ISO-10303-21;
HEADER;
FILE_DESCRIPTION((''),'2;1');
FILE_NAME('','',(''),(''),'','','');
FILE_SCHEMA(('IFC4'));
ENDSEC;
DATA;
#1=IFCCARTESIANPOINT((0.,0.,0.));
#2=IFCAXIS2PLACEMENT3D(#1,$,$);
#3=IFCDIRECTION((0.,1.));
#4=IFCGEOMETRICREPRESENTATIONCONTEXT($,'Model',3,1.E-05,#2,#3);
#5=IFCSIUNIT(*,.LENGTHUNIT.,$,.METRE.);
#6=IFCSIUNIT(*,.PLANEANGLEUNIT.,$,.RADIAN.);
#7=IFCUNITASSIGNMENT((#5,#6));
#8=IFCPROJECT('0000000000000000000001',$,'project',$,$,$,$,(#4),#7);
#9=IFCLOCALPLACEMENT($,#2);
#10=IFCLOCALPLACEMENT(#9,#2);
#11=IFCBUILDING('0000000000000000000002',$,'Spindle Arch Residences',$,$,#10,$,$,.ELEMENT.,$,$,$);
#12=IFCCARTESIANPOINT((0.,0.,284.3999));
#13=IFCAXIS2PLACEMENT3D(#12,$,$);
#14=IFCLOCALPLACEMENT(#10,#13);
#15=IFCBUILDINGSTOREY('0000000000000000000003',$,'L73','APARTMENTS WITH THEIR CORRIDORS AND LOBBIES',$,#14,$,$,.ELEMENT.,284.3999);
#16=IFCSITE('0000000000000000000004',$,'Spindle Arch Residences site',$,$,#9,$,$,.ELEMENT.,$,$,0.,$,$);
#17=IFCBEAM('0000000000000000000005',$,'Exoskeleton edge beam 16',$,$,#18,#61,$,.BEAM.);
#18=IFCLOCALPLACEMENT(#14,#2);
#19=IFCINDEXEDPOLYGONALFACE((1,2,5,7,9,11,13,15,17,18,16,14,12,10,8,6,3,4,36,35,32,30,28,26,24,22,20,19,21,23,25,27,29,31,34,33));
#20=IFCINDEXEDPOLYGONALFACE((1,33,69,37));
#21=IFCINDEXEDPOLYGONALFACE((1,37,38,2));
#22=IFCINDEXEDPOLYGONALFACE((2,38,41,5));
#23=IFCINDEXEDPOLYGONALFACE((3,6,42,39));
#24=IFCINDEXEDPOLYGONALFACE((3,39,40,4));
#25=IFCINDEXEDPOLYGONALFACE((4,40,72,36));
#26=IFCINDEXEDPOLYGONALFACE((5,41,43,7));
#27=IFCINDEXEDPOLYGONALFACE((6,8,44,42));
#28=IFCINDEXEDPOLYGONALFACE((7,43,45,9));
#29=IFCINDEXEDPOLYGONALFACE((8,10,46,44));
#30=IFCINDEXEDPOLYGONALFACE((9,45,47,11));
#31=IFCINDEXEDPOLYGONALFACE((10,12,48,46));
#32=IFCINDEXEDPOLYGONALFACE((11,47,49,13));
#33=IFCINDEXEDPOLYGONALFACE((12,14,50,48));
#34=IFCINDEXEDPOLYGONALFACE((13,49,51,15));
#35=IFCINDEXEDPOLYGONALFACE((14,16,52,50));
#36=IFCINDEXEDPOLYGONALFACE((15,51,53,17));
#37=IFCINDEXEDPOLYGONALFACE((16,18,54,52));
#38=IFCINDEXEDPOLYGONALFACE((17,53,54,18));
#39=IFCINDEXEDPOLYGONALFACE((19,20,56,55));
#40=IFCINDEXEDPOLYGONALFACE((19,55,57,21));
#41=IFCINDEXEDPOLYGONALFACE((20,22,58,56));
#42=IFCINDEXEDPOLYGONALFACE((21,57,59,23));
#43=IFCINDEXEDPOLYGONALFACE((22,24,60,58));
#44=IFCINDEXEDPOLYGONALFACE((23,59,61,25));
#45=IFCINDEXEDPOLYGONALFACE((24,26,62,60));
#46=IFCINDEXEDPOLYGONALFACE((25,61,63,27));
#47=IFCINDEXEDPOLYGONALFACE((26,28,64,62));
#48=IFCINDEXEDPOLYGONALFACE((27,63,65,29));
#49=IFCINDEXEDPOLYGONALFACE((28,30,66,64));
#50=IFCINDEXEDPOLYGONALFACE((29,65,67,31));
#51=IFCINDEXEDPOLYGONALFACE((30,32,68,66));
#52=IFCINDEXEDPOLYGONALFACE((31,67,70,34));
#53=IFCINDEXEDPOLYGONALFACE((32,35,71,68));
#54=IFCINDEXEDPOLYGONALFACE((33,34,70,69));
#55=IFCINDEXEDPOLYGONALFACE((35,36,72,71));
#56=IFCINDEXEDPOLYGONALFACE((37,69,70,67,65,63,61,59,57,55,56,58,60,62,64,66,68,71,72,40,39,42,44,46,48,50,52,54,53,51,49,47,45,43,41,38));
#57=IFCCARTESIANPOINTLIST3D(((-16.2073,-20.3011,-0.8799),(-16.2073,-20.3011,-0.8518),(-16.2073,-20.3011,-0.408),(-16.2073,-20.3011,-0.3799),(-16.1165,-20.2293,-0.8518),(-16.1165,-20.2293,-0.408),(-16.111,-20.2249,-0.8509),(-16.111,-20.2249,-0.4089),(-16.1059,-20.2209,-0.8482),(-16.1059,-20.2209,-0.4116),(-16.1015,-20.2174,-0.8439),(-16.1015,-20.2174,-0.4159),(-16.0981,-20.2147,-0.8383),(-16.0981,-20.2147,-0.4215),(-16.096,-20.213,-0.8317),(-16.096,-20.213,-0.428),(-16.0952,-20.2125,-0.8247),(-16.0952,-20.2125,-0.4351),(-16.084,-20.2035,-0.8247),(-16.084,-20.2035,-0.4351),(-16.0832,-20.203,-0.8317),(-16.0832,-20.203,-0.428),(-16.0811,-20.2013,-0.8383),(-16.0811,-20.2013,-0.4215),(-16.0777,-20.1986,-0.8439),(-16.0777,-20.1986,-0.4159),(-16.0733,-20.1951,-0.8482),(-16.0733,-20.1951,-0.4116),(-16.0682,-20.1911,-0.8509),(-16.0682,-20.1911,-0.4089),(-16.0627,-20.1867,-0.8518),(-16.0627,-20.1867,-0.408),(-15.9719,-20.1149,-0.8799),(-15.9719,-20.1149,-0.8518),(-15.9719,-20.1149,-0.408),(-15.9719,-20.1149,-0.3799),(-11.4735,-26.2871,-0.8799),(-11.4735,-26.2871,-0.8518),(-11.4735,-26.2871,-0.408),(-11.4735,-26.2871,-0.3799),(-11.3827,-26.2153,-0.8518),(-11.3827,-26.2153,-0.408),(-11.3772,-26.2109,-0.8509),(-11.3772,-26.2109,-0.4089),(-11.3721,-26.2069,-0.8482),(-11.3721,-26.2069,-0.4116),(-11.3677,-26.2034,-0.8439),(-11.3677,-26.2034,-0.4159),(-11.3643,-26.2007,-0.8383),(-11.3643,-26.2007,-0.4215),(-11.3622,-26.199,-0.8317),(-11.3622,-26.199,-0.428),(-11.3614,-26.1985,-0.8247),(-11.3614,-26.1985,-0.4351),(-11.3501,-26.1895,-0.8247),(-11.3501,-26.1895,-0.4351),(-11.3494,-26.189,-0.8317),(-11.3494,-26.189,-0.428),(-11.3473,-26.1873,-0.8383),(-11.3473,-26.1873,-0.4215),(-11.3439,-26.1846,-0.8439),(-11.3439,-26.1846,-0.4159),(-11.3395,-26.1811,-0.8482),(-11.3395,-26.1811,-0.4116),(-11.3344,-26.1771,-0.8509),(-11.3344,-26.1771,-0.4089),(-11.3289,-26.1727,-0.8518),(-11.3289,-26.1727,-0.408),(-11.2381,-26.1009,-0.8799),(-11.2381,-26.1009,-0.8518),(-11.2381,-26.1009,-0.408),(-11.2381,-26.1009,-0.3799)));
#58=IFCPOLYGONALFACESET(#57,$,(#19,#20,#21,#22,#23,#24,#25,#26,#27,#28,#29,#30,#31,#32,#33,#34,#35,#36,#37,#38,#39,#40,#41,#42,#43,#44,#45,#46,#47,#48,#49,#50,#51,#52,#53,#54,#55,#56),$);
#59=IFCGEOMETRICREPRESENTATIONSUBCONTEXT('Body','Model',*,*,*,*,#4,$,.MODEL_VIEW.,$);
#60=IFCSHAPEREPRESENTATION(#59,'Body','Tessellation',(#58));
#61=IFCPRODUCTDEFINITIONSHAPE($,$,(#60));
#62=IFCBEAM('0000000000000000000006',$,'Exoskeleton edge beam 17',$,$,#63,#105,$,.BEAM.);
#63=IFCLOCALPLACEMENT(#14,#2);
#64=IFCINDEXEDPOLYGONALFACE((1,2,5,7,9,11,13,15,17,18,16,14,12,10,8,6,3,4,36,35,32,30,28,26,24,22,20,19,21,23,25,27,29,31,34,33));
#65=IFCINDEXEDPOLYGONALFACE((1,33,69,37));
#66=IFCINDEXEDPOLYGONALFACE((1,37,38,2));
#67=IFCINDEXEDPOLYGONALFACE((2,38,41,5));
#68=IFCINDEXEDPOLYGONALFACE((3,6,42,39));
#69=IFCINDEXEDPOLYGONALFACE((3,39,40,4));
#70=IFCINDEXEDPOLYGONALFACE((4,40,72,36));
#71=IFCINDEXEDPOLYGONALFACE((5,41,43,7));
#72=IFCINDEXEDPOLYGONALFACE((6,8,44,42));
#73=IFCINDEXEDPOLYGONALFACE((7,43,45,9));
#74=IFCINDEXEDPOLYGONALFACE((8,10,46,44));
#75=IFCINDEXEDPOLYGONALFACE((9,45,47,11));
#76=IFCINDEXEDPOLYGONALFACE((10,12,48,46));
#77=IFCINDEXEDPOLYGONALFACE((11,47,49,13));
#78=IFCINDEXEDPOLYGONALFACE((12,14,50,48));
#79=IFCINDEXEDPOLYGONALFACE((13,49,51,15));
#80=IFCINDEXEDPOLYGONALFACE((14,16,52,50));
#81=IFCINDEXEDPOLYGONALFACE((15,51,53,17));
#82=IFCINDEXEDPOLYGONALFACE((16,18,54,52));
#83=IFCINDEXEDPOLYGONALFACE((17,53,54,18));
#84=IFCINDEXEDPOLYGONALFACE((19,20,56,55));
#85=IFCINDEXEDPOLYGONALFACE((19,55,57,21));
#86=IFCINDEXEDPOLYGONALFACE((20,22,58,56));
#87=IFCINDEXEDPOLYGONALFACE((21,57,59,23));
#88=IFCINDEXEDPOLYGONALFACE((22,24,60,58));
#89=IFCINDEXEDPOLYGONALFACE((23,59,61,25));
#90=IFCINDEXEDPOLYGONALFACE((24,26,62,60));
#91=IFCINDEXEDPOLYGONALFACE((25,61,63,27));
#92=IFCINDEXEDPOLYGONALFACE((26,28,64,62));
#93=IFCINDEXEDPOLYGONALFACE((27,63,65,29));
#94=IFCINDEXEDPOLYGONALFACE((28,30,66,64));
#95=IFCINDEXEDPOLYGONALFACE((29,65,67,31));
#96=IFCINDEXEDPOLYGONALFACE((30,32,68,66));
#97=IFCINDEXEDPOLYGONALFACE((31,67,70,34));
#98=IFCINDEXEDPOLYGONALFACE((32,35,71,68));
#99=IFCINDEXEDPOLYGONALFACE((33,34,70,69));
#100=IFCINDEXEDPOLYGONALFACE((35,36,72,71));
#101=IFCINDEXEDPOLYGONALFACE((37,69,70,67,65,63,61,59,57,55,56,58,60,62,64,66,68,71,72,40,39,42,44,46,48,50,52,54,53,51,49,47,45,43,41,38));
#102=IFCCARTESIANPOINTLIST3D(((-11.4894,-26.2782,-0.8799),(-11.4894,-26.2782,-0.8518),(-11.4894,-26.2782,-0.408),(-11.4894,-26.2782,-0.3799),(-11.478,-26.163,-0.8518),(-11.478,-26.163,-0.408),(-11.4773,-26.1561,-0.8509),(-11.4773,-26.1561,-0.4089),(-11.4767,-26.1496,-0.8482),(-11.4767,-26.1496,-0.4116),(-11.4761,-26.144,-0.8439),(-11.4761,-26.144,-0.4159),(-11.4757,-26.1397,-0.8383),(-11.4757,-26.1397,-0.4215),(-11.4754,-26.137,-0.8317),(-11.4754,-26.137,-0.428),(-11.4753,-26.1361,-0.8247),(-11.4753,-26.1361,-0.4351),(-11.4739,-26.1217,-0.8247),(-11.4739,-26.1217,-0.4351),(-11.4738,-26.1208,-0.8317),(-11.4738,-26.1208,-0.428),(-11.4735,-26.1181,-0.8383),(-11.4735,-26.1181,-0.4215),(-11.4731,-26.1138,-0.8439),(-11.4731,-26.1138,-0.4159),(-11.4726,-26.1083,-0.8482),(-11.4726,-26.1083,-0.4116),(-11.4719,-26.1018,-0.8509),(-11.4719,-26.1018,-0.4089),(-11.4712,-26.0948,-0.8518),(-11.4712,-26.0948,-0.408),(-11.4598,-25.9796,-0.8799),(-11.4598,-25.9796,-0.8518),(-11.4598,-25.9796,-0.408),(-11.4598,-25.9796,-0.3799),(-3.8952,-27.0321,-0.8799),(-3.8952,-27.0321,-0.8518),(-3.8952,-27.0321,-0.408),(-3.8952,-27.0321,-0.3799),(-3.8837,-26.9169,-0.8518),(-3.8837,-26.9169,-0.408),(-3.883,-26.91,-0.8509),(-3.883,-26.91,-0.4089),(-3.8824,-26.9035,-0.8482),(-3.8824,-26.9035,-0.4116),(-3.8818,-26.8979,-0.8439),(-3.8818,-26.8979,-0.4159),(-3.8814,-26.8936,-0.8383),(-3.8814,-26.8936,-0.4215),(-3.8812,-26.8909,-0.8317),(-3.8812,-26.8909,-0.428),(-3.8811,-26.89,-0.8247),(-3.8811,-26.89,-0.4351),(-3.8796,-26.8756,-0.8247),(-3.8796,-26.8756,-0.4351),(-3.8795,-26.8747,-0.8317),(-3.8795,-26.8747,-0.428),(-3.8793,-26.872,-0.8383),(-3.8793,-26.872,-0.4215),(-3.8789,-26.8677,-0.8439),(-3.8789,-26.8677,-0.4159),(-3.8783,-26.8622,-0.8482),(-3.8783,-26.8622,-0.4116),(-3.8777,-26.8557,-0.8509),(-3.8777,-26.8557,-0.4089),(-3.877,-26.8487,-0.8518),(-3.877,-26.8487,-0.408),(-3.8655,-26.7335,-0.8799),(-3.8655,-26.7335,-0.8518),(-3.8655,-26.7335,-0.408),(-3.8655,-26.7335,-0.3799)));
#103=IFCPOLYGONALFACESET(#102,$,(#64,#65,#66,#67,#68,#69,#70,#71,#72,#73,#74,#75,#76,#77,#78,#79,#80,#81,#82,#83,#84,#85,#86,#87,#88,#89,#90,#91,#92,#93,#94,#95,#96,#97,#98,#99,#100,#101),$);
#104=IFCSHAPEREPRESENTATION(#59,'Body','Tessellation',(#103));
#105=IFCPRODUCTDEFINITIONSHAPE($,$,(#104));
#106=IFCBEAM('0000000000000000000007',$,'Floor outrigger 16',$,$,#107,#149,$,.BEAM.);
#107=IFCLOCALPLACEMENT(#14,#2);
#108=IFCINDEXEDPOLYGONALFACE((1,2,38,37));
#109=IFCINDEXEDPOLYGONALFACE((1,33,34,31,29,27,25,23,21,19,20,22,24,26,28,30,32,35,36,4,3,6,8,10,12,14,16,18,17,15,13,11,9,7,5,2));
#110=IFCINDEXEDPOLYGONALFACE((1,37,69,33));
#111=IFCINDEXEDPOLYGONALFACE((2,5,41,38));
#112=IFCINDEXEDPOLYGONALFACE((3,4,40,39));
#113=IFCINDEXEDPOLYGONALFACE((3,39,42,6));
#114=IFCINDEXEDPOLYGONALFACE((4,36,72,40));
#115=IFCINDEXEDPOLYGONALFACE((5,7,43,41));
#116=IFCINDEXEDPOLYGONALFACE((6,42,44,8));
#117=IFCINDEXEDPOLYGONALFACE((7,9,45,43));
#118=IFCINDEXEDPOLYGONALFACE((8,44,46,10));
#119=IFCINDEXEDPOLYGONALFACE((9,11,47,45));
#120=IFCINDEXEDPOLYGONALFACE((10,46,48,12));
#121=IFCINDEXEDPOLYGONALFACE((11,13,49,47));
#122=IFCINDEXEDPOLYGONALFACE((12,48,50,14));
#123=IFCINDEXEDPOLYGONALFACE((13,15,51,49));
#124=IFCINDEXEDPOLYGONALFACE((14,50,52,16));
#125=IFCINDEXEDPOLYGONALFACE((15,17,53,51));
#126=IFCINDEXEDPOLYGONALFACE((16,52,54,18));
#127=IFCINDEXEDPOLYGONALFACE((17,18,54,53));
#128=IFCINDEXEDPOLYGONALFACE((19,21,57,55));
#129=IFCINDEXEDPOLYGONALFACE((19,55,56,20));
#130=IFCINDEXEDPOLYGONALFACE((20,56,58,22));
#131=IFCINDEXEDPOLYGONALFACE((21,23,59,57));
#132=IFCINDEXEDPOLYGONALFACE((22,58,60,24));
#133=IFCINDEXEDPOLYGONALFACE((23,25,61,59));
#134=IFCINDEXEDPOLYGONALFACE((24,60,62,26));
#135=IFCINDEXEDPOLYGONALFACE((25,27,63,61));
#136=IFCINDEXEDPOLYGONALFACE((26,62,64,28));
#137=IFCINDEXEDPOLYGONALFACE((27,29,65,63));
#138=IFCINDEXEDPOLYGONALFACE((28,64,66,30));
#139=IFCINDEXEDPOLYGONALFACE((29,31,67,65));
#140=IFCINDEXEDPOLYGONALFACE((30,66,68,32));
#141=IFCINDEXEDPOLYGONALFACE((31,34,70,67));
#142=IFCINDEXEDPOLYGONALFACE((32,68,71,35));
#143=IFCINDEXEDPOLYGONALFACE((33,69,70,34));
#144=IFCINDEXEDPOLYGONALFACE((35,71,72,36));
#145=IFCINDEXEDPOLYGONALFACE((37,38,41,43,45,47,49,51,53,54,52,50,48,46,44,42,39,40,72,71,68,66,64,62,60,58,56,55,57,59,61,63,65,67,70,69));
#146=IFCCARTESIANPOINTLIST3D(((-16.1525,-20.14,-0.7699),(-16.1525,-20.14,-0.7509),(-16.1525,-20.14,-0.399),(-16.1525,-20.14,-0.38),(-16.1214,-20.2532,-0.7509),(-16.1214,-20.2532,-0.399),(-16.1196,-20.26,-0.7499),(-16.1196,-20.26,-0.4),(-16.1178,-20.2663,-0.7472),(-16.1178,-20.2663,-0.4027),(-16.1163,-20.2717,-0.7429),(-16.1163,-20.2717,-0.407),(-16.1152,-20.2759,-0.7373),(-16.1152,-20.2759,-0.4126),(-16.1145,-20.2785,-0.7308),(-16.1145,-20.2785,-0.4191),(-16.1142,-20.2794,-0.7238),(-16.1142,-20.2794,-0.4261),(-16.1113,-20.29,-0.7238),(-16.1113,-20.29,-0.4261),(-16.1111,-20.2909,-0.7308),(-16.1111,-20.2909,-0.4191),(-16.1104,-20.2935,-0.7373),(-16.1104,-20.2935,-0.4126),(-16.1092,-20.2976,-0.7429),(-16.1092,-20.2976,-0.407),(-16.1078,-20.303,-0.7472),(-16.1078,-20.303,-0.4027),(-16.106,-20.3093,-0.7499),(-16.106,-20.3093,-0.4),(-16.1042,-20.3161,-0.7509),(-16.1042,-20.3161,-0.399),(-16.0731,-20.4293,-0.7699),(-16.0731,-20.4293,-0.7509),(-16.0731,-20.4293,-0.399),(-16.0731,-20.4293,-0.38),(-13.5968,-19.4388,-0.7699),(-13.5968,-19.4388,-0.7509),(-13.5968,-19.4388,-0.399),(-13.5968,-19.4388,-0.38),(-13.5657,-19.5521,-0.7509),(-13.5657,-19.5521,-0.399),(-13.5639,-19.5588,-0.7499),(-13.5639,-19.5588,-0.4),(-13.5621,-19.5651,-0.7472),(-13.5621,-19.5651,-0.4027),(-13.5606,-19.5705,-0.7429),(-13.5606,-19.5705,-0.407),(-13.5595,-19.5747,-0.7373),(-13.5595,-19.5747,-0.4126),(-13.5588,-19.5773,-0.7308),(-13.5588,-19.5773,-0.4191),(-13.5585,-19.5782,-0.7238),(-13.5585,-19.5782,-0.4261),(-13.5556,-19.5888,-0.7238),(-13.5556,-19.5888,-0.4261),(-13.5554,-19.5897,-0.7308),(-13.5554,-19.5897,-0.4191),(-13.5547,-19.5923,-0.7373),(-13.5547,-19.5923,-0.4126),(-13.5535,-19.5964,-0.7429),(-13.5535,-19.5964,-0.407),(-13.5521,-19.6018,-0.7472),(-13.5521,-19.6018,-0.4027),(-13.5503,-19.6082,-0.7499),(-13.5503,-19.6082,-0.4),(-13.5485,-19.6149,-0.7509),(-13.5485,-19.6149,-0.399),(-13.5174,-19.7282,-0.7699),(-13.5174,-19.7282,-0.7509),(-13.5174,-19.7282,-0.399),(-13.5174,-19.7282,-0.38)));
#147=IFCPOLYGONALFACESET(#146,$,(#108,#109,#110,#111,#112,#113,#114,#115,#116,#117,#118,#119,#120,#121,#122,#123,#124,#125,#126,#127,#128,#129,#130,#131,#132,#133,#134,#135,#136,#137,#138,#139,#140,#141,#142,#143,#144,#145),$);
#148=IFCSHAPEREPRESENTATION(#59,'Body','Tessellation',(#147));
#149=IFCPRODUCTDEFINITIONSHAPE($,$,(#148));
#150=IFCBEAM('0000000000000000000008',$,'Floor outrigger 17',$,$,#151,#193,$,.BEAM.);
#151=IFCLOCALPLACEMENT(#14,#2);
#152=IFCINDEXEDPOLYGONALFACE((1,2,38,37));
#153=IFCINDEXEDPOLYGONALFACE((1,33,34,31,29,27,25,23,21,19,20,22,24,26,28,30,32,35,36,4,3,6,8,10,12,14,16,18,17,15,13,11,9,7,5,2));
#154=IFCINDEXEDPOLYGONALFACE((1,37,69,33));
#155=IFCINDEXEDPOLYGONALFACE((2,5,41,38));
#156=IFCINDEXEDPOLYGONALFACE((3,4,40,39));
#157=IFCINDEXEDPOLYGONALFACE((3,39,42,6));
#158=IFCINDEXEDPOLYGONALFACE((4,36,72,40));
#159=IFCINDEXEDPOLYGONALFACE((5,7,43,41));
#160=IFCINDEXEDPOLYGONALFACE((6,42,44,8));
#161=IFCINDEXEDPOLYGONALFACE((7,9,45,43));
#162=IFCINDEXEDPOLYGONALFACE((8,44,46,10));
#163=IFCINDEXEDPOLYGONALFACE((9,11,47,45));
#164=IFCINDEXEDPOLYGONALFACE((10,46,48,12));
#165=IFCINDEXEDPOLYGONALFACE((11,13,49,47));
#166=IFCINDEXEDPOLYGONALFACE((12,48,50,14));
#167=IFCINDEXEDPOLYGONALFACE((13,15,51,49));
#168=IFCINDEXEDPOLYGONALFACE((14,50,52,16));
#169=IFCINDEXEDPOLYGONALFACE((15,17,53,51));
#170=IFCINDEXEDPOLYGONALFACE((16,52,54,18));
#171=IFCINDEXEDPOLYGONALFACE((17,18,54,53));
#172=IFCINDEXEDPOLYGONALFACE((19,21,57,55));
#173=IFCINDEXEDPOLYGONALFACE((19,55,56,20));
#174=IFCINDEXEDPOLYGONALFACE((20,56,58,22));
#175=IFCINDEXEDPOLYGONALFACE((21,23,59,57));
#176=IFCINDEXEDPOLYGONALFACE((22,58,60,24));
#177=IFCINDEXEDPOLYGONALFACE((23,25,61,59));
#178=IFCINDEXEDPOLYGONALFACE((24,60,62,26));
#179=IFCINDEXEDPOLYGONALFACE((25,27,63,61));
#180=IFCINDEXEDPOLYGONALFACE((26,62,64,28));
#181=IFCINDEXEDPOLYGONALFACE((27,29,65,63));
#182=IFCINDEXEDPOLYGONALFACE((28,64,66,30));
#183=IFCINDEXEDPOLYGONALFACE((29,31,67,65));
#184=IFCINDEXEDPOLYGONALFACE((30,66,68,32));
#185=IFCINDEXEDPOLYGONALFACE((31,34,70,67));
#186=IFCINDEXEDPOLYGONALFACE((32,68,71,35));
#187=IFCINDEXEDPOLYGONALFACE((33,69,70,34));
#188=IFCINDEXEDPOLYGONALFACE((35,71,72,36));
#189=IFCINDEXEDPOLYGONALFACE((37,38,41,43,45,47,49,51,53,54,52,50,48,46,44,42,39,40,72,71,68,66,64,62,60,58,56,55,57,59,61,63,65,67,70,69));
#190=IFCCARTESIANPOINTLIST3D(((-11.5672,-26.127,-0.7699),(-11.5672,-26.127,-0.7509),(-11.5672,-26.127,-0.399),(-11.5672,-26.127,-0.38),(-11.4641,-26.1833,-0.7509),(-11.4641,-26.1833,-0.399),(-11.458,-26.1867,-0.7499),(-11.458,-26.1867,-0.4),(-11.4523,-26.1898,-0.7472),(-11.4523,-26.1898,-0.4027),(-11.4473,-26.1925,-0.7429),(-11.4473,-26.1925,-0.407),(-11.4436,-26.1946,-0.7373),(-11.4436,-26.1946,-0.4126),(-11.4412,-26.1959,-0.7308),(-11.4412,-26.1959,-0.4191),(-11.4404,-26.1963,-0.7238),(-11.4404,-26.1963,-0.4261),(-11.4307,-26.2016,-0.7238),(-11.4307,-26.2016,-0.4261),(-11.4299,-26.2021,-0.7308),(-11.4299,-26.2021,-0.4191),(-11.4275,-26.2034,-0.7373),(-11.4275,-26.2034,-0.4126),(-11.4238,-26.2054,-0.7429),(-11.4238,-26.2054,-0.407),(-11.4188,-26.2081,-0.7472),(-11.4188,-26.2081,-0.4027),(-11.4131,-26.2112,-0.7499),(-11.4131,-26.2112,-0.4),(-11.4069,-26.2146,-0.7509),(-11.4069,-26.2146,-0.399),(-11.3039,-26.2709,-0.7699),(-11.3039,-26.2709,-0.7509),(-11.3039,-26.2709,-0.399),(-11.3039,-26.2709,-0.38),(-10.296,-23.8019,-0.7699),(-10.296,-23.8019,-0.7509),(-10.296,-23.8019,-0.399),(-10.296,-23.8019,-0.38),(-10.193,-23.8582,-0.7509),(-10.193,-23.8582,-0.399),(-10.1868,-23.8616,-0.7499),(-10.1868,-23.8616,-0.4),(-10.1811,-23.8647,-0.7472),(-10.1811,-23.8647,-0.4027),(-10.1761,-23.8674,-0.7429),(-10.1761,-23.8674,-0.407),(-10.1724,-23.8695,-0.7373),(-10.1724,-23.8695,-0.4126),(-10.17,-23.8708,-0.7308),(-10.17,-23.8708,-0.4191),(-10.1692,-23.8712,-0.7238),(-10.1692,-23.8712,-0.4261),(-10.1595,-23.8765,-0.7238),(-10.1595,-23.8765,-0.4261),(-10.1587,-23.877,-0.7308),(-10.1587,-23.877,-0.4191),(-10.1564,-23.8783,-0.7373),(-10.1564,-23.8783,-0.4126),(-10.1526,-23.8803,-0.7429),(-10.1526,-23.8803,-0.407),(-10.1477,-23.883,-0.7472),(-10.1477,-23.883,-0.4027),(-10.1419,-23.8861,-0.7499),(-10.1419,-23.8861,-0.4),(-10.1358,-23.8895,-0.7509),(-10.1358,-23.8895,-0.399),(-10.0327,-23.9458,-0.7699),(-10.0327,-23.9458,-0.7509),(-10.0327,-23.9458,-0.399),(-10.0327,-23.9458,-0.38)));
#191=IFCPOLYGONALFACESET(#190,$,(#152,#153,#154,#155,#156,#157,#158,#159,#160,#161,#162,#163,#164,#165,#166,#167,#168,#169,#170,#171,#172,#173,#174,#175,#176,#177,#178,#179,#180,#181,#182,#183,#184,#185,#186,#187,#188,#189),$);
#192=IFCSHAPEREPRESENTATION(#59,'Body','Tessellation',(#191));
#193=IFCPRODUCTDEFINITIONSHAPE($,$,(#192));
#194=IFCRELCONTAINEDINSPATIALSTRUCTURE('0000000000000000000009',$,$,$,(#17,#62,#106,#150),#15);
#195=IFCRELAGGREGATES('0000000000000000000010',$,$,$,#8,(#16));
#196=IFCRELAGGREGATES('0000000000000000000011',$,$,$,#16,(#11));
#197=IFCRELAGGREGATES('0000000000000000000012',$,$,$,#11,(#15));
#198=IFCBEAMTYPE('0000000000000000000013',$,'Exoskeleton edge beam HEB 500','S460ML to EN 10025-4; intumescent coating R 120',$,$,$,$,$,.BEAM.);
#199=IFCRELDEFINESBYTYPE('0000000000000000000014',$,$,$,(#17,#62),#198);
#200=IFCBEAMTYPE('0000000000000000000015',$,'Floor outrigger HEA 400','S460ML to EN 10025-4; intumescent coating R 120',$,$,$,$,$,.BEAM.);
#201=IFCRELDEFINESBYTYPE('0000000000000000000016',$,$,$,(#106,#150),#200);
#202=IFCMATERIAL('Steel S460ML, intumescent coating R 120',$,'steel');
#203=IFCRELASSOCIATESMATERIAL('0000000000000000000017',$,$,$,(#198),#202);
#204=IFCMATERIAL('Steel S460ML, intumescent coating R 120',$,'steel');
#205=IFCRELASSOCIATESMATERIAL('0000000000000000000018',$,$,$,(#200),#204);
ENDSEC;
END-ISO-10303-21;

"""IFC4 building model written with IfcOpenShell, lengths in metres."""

from ifc_helpers import new_model, si_unit, direction, frame, origin, origin_2d, place, context, subcontext, project, spatial, i_section, extrude, material, material_profile, profile_set, type_object, element, save


model = new_model("IFC4")

# Units and contexts
model_context = context("Model", 3, precision=1e-05, world=origin(), true_north=direction((0.0, 1.0)))
body_context = subcontext(model_context, "Body", "Model", "MODEL_VIEW")
ifc_project = project(units=[si_unit("LENGTHUNIT", "METRE"), si_unit("PLANEANGLEUNIT", "RADIAN")], contexts=[model_context])

# Site, building, storey
site_placement = place(None, origin())
site = spatial("IfcSite", under=ifc_project, at=site_placement, Name="Spindle Arch Residences site", CompositionType="ELEMENT", RefElevation=0.0)
building_placement = place(site_placement, origin())
building = spatial("IfcBuilding", under=site, at=building_placement, Name="Spindle Arch Residences", CompositionType="ELEMENT")
storey_placement = place(building_placement, frame((0.0, 0.0, 284.3999)))
storey = spatial("IfcBuildingStorey", under=building, at=storey_placement, Name="L73", Description="APARTMENTS WITH THEIR CORRIDORS AND LOBBIES", CompositionType="ELEMENT", Elevation=284.3999)

# Beams
ifc_material_1 = material(Name="Steel S460ML, intumescent coating R 120", Category="steel")
ifc_material_profile_1 = material_profile(ifc_material_1, i_section(OverallWidth=0.3, OverallDepth=0.5, WebThickness=0.0144, FlangeThickness=0.0281, FilletRadius=0.0271, at=origin_2d()), Name="HEB 500")
ifc_profile_set_1 = profile_set([ifc_material_profile_1], Name="Steel S460ML, intumescent coating R 120")
beam_type_1 = type_object("IfcBeamType", Name="Exoskeleton edge beam HEB 500", Description="S460ML to EN 10025-4; intumescent coating R 120", PredefinedType="BEAM", material=ifc_profile_set_1)
for number, where, z_axis, x_axis, name in (
    (1, (-16.0896, -20.208, -0.6299), (0.620292, -0.784371, 0.0), (0.784371, 0.620292, 0.0), "Exoskeleton edge beam 16"),
    (2, (-11.4746, -26.1289, -0.6299), (0.995109, -0.098788, 0.0), (0.098788, 0.995109, 0.0), "Exoskeleton edge beam 17"),
):
    element("IfcBeam", number, at=place(storey_placement, frame(where, z_axis=z_axis, x_axis=x_axis)), inside=storey, type_object=beam_type_1, Name=name, PredefinedType="BEAM", context=body_context, shape_type="SweptSolid", body=[
        extrude(i_section(OverallWidth=0.3, OverallDepth=0.5, WebThickness=0.0144, FlangeThickness=0.0281, FilletRadius=0.0271, at=origin_2d()), origin(), (0.0, 0.0, 1.0), 7.6316),
    ])
ifc_material_2 = material(Name="Steel S460ML, intumescent coating R 120", Category="steel")
ifc_material_profile_2 = material_profile(ifc_material_2, i_section(OverallWidth=0.3, OverallDepth=0.3899, WebThickness=0.011, FlangeThickness=0.019, FilletRadius=0.0271, at=origin_2d()), Name="HEA 400")
ifc_profile_set_2 = profile_set([ifc_material_profile_2], Name="Steel S460ML, intumescent coating R 120")
beam_type_2 = type_object("IfcBeamType", Name="Floor outrigger HEA 400", Description="S460ML to EN 10025-4; intumescent coating R 120", PredefinedType="BEAM", material=ifc_profile_set_2)
beam_1_placement = place(storey_placement, frame((-16.1128, -20.2847, -0.575), z_axis=(0.964363, 0.264583, 0.0), x_axis=(-0.264583, 0.964363, 0.0)))
element("IfcBeam", 3, at=beam_1_placement, inside=storey, type_object=beam_type_2, Name="Floor outrigger 16", PredefinedType="BEAM", context=body_context, shape_type="SweptSolid", body=[
    extrude(i_section(OverallWidth=0.3, OverallDepth=0.3899, WebThickness=0.011, FlangeThickness=0.019, FilletRadius=0.0271, at=origin_2d()), origin(), (0.0, 0.0, 1.0), 2.6501),
])
beam_2_placement = place(storey_placement, frame((-11.4355, -26.199, -0.575), z_axis=(0.47971, 0.877427, 0.0), x_axis=(-0.877427, 0.47971, 0.0)))
element("IfcBeam", 4, at=beam_2_placement, inside=storey, type_object=beam_type_2, Name="Floor outrigger 17", PredefinedType="BEAM", context=body_context, shape_type="SweptSolid", body=[
    extrude(i_section(OverallWidth=0.3, OverallDepth=0.3899, WebThickness=0.011, FlangeThickness=0.019, FilletRadius=0.0271, at=origin_2d()), origin(), (0.0, 0.0, 1.0), 2.6499),
])

save(model, "model.ifc")
